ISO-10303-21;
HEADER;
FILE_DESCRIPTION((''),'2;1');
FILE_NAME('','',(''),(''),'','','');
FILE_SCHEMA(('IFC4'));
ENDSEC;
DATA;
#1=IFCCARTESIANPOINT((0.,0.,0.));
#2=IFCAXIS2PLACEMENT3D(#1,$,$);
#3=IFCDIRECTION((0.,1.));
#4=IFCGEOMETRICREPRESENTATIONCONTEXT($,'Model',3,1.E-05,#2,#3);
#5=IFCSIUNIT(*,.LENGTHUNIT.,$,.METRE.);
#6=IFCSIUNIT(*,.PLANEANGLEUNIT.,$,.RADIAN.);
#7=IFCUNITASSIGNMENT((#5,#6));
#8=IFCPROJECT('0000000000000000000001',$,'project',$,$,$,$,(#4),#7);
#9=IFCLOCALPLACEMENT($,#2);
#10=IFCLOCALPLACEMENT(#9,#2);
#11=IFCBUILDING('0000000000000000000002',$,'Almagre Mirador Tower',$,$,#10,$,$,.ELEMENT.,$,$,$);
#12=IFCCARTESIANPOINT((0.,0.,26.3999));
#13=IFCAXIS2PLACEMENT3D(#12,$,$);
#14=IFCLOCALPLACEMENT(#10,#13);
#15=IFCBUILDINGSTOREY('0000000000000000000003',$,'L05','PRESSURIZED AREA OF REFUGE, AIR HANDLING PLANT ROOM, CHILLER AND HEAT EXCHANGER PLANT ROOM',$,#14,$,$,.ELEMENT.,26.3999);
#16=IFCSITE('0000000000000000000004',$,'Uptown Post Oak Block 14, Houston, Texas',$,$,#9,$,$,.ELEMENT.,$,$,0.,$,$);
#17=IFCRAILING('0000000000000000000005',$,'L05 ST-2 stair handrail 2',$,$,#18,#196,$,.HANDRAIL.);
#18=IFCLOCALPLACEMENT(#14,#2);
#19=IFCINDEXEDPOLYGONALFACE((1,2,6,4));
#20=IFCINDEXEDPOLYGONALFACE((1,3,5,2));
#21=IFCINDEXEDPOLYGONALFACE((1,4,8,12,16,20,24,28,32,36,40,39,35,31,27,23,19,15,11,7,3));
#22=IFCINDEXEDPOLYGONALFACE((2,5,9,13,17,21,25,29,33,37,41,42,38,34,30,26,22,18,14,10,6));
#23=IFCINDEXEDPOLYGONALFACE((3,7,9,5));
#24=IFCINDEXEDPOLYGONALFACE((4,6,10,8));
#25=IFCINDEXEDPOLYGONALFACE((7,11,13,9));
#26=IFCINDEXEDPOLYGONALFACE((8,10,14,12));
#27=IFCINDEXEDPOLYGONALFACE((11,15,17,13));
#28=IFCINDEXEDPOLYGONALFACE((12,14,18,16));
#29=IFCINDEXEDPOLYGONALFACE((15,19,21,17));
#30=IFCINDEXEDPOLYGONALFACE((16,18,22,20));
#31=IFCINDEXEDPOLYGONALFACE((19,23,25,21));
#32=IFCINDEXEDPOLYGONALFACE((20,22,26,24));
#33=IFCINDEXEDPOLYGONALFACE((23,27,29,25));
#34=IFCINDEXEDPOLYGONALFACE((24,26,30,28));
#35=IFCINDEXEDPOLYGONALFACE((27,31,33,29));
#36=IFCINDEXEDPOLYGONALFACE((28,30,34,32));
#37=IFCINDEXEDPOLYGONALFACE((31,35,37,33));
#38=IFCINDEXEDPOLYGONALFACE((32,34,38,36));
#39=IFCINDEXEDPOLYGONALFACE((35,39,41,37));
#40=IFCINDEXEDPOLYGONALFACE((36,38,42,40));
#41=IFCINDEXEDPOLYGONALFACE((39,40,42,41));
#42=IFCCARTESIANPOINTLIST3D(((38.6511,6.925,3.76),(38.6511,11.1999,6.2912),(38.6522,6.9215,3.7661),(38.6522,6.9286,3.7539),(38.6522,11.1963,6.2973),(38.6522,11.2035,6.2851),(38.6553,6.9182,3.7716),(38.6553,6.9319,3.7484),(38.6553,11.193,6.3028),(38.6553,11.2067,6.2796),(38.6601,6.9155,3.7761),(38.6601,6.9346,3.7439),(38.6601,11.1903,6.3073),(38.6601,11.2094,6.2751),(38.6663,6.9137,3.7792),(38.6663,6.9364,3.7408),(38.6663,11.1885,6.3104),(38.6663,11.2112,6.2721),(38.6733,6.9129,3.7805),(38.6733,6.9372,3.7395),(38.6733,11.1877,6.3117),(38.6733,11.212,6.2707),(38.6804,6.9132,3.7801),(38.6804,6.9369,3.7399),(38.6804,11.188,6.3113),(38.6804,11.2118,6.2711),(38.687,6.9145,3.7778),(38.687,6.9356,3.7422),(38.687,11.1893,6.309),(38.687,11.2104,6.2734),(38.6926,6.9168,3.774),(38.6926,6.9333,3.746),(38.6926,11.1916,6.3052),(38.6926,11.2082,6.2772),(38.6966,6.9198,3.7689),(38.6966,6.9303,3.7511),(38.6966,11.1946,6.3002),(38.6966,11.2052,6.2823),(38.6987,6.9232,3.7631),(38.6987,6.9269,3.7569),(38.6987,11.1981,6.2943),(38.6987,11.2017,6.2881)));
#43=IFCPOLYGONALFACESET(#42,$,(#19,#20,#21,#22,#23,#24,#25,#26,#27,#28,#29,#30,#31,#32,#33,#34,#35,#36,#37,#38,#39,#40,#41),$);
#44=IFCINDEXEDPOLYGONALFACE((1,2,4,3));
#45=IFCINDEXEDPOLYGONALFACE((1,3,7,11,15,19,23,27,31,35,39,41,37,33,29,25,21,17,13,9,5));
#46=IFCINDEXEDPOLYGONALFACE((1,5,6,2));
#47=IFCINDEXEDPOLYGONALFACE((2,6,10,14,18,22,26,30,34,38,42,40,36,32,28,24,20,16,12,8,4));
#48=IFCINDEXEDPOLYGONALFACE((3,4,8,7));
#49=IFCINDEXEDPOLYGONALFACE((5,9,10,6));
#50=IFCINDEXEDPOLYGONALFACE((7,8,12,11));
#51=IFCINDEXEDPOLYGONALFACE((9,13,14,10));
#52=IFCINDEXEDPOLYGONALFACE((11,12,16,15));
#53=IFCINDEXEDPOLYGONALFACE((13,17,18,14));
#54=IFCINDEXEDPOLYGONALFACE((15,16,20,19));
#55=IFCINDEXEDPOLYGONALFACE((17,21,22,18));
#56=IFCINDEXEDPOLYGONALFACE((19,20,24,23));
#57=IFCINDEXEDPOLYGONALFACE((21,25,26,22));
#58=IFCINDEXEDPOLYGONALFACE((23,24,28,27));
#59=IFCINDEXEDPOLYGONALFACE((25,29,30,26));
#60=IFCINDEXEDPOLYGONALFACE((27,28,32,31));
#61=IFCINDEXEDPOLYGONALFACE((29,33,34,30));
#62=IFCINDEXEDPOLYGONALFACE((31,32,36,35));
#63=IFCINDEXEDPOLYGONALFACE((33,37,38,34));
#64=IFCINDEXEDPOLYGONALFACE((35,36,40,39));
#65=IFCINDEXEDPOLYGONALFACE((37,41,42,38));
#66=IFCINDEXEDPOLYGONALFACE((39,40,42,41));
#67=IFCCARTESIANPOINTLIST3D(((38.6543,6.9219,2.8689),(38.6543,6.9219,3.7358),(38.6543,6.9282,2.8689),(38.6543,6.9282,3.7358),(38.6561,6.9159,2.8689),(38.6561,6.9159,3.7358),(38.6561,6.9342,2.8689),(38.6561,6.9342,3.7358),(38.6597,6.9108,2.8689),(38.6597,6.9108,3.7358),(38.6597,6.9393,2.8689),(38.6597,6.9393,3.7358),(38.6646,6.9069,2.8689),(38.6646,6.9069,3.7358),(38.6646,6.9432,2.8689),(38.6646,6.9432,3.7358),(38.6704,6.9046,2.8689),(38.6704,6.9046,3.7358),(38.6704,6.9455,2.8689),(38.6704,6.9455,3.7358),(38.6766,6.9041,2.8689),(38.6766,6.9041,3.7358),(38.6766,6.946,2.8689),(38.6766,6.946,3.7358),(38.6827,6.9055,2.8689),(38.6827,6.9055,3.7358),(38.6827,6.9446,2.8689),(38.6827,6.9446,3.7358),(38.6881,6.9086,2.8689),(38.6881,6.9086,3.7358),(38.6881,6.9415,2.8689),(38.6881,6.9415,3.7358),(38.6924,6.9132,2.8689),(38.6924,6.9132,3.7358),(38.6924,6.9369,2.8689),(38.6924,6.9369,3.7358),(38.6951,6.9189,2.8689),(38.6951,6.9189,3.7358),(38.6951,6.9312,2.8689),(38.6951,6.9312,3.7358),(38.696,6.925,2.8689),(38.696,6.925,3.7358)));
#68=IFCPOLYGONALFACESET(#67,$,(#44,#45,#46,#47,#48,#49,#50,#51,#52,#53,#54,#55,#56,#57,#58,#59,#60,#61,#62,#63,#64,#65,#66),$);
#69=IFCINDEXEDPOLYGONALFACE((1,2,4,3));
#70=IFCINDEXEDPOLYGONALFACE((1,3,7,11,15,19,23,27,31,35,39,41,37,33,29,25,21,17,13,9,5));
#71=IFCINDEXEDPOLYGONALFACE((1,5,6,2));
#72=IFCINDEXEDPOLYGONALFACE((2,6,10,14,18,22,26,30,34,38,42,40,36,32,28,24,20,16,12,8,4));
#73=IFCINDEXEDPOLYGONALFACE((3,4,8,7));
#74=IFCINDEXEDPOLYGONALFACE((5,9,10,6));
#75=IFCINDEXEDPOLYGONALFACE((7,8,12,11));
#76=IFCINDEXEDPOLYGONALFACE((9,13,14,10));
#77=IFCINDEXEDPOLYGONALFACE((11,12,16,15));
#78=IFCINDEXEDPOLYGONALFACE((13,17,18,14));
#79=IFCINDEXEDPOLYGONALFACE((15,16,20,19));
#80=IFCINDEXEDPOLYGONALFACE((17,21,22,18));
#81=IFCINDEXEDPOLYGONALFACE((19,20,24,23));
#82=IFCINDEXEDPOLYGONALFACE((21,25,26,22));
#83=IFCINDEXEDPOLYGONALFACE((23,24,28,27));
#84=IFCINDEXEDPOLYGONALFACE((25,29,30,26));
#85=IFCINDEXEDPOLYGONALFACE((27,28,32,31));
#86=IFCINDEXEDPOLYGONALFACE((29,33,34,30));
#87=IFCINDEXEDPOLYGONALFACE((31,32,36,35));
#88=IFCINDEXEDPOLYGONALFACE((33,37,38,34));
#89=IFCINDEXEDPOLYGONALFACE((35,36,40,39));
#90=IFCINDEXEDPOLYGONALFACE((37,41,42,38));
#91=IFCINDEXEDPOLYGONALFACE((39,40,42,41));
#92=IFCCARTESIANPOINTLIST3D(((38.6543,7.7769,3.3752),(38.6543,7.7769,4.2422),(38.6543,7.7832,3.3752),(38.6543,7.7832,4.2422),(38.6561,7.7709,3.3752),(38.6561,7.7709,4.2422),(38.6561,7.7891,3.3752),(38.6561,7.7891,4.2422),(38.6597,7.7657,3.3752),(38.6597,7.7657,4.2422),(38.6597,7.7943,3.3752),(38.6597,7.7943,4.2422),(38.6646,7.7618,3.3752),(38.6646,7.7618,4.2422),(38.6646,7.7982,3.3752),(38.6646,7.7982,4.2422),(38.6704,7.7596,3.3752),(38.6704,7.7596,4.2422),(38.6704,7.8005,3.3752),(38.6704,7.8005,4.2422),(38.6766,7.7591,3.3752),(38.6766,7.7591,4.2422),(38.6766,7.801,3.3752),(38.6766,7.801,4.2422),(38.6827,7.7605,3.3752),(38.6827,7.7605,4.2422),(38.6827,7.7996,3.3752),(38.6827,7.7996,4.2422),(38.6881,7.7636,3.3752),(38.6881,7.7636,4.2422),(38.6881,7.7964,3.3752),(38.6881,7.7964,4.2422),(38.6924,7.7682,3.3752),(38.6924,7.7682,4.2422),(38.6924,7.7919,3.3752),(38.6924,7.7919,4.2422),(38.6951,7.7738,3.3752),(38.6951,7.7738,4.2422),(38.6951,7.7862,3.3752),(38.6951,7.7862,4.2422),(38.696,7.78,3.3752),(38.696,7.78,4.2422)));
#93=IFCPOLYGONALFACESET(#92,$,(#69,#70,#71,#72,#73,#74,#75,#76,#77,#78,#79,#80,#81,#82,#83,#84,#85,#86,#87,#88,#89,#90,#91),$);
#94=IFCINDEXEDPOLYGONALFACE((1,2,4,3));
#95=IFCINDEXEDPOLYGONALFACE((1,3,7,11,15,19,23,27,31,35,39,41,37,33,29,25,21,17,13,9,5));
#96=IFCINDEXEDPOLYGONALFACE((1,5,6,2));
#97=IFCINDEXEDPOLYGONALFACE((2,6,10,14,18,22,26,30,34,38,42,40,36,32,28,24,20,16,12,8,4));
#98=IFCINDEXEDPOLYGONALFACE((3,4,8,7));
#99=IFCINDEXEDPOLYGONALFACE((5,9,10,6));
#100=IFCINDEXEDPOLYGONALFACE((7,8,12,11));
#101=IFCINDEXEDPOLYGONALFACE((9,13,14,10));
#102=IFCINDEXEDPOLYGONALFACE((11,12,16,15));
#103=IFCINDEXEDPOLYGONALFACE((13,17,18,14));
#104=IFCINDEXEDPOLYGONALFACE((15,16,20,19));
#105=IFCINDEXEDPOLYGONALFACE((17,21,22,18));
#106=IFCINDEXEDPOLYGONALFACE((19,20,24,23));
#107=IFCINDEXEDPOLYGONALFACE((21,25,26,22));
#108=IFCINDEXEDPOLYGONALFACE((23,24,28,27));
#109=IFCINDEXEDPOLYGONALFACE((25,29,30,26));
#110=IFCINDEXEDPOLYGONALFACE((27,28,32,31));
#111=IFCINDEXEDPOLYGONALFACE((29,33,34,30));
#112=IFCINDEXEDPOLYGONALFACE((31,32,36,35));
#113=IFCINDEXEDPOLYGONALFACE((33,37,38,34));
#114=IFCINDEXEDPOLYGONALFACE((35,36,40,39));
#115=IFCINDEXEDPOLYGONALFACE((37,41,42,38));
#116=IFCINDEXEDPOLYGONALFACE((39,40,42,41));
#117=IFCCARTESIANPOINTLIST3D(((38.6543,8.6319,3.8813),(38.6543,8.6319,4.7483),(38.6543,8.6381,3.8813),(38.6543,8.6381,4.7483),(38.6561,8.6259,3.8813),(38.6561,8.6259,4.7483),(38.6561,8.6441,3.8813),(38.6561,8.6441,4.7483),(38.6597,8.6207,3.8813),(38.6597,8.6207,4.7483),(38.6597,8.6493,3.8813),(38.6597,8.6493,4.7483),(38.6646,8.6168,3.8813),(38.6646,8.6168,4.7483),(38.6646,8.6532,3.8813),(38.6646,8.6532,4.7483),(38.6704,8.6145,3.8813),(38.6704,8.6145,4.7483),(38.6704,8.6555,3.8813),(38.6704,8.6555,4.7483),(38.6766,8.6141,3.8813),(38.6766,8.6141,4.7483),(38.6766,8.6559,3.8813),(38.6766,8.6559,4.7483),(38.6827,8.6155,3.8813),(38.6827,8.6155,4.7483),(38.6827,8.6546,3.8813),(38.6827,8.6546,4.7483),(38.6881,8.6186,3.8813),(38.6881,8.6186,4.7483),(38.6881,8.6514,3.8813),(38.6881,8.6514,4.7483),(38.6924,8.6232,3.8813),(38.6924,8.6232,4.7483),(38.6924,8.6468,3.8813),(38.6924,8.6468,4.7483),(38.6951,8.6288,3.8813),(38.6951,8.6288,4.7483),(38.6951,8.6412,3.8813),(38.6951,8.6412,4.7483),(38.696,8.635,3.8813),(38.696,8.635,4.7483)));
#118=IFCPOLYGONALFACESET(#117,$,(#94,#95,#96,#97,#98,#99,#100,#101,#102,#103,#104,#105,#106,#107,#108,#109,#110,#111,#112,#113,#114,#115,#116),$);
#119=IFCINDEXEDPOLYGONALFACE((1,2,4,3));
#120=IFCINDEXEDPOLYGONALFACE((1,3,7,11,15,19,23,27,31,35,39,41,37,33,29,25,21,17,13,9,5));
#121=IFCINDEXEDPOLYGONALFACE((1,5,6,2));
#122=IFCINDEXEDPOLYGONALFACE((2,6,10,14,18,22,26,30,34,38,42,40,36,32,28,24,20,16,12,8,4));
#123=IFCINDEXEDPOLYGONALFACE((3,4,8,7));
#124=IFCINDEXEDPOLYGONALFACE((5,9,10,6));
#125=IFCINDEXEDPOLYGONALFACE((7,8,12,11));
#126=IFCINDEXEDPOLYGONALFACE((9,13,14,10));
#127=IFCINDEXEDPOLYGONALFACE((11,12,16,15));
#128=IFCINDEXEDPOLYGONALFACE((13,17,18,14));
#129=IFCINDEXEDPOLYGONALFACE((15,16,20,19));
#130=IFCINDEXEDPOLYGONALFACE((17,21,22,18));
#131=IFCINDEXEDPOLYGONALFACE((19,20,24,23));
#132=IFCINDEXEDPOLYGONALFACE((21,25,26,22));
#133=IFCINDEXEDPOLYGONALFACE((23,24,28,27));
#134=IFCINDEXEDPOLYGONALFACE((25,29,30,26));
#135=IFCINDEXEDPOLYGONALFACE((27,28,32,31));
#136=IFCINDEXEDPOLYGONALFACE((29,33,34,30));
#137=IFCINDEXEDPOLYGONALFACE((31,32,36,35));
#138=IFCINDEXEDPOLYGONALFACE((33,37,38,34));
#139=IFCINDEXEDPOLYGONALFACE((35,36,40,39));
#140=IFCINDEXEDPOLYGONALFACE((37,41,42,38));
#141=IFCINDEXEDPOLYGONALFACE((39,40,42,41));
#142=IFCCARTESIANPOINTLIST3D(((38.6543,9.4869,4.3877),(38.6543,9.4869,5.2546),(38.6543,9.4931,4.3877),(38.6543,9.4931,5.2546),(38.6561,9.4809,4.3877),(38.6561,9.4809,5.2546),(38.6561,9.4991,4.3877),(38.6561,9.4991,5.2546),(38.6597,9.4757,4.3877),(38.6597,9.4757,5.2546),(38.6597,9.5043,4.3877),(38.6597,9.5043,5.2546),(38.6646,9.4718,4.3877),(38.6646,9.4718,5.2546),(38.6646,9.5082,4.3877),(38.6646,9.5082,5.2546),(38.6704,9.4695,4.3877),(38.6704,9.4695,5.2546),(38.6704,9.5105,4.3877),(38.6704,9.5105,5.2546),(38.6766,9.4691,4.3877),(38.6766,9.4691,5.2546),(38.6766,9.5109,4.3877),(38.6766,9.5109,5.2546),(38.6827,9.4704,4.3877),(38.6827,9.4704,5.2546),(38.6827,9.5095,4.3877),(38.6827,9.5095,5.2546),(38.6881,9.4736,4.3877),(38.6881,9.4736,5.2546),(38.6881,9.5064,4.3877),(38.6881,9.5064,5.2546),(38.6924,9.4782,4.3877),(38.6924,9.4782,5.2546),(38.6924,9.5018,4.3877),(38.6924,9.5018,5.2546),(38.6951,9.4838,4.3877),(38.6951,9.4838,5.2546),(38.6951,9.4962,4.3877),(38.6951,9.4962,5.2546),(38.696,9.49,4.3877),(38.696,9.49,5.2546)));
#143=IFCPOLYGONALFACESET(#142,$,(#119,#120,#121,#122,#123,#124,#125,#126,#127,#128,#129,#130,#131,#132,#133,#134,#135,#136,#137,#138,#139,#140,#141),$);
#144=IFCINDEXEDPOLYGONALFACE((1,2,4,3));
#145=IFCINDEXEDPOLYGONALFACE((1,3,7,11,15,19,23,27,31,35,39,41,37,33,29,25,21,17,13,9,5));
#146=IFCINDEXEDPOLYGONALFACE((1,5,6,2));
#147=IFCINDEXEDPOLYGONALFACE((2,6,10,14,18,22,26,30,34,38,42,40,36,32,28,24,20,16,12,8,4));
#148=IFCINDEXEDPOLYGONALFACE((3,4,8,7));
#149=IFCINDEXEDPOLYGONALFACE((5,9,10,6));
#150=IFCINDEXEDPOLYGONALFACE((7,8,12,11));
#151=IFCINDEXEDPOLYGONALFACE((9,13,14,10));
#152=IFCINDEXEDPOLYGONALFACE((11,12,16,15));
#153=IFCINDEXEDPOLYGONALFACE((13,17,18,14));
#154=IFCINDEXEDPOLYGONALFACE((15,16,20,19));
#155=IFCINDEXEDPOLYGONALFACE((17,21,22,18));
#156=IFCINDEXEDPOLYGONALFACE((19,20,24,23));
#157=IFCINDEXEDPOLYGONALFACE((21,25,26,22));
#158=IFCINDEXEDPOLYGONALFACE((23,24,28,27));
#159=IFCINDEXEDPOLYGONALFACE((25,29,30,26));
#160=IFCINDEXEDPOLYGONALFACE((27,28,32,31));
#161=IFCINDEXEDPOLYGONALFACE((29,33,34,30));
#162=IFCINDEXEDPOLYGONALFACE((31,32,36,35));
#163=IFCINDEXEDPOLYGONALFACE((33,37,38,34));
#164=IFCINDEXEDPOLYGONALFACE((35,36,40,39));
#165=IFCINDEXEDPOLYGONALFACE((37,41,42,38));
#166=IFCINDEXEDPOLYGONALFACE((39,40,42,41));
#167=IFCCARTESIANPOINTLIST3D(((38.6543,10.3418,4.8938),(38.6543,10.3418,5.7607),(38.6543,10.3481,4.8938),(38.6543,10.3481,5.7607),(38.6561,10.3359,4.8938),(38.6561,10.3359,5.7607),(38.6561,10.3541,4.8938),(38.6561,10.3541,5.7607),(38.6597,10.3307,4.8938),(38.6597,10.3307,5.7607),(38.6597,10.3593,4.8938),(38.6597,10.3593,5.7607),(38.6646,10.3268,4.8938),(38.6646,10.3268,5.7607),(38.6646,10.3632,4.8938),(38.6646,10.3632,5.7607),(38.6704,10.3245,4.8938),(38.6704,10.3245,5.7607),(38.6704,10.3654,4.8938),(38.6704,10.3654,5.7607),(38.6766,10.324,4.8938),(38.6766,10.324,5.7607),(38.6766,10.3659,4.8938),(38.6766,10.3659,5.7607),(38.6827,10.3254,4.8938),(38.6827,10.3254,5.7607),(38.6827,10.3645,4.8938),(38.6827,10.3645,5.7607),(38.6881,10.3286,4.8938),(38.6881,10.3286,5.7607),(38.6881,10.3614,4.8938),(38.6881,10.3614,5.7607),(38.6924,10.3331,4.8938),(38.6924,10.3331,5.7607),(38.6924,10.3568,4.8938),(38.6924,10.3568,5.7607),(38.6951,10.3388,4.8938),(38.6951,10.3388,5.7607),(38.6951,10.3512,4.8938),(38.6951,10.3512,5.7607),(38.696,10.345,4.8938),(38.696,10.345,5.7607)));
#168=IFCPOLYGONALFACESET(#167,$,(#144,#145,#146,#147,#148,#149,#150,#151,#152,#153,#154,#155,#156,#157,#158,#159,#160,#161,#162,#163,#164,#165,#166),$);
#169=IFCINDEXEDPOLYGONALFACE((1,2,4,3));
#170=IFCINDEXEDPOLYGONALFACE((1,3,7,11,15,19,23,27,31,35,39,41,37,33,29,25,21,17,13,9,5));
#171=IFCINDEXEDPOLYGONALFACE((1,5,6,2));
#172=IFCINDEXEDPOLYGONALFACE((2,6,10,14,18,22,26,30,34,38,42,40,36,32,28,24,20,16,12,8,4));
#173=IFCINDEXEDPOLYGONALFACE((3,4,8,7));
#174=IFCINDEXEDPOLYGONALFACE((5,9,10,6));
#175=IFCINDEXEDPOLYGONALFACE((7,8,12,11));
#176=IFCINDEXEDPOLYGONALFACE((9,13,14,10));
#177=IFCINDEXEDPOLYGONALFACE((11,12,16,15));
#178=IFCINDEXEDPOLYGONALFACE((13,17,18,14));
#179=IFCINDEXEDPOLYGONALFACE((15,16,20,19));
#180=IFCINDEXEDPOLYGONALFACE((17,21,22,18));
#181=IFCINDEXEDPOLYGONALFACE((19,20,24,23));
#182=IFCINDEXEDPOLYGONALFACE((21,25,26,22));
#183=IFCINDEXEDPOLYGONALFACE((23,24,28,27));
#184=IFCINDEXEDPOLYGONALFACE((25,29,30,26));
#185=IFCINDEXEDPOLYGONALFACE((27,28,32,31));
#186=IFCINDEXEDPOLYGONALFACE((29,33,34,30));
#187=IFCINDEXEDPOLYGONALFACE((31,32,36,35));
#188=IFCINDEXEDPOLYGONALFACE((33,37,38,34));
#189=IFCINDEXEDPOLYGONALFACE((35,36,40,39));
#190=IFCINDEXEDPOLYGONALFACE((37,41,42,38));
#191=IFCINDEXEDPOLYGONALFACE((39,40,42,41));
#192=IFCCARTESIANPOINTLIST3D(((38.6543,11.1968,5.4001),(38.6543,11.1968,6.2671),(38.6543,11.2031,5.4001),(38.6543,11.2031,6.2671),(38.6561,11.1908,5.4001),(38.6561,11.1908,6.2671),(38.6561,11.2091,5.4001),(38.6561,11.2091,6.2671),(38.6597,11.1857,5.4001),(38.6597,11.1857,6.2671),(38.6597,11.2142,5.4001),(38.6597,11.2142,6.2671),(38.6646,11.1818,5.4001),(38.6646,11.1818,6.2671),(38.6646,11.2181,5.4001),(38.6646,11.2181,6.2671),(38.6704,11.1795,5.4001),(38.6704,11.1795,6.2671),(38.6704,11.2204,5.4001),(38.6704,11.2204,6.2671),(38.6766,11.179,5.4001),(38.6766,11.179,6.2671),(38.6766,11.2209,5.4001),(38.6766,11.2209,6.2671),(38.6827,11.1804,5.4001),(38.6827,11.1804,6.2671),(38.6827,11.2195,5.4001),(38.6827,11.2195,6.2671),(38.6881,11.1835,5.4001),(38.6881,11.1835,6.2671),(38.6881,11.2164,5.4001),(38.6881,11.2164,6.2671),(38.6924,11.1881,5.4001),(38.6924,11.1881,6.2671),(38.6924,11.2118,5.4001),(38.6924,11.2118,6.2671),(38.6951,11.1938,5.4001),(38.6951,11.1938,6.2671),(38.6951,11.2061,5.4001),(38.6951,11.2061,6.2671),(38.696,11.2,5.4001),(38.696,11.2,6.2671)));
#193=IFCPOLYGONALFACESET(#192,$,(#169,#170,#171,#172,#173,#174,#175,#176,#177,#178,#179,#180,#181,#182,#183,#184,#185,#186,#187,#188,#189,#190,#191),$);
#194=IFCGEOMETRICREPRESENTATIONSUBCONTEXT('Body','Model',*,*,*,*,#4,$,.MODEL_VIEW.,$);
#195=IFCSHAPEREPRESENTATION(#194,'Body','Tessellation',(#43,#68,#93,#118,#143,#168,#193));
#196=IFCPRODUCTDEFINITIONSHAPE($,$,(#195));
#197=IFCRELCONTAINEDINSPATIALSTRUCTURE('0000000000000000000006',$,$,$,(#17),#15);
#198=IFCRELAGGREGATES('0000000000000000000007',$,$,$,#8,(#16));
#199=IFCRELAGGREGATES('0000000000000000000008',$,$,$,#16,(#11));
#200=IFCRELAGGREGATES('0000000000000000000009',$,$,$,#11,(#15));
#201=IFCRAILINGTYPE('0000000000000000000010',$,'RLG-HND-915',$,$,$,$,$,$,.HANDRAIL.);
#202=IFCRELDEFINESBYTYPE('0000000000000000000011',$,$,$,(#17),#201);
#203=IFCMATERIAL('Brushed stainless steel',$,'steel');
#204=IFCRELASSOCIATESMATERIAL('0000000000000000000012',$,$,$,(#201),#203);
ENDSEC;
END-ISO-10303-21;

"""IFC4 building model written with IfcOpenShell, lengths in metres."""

from ifc_helpers import new_model, si_unit, direction, frame, origin, origin_2d, place, context, subcontext, project, spatial, circle, extrude, material, type_object, element, save


model = new_model("IFC4")

# Units and contexts
model_context = context("Model", 3, precision=1e-05, world=origin(), true_north=direction((0.0, 1.0)))
body_context = subcontext(model_context, "Body", "Model", "MODEL_VIEW")
ifc_project = project(units=[si_unit("LENGTHUNIT", "METRE"), si_unit("PLANEANGLEUNIT", "RADIAN")], contexts=[model_context])

# Site, building, storey
site_placement = place(None, origin())
site = spatial("IfcSite", under=ifc_project, at=site_placement, Name="Uptown Post Oak Block 14, Houston, Texas", CompositionType="ELEMENT", RefElevation=0.0)
building_placement = place(site_placement, origin())
building = spatial("IfcBuilding", under=site, at=building_placement, Name="Almagre Mirador Tower", CompositionType="ELEMENT")
storey_placement = place(building_placement, frame((0.0, 0.0, 26.3999)))
storey = spatial("IfcBuildingStorey", under=building, at=storey_placement, Name="L05", Description="PRESSURIZED AREA OF REFUGE, AIR HANDLING PLANT ROOM, CHILLER AND HEAT EXCHANGER PLANT ROOM", CompositionType="ELEMENT", Elevation=26.3999)

# Railing
ifc_material_1 = material(Name="Brushed stainless steel", Category="steel")
railing_type_1 = type_object("IfcRailingType", Name="RLG-HND-915", PredefinedType="HANDRAIL", material=ifc_material_1)
railing_1_placement = place(storey_placement, frame((38.675, 6.925, 2.8689)))
element("IfcRailing", 1, at=railing_1_placement, inside=storey, type_object=railing_type_1, Name="L05 ST-2 stair handrail 2", PredefinedType="HANDRAIL", context=body_context, shape_type="SweptSolid", body=[
    extrude(circle(Radius=0.0239, at=origin_2d()), frame((0.0, 0.0, 0.8911), z_axis=(0.0, 0.86047, 0.509501), x_axis=(-1.0, 0.0, 0.0)), (0.0, 0.0, 1.0), 4.968),
    extrude(circle(Radius=0.021, at=origin_2d()), origin(), (0.0, 0.0, 1.0), 0.8669),
    extrude(circle(Radius=0.021, at=origin_2d()), frame((0.0, 0.855, 0.5063)), (0.0, 0.0, 1.0), 0.8669),
    extrude(circle(Radius=0.021, at=origin_2d()), frame((0.0, 1.71, 1.0125)), (0.0, 0.0, 1.0), 0.8669),
    extrude(circle(Radius=0.021, at=origin_2d()), frame((0.0, 2.5649, 1.5188)), (0.0, 0.0, 1.0), 0.8669),
    extrude(circle(Radius=0.021, at=origin_2d()), frame((0.0, 3.4199, 2.0249)), (0.0, 0.0, 1.0), 0.8669),
    extrude(circle(Radius=0.021, at=origin_2d()), frame((0.0, 4.2749, 2.5312)), (0.0, 0.0, 1.0), 0.8669),
])

save(model, "model.ifc")
